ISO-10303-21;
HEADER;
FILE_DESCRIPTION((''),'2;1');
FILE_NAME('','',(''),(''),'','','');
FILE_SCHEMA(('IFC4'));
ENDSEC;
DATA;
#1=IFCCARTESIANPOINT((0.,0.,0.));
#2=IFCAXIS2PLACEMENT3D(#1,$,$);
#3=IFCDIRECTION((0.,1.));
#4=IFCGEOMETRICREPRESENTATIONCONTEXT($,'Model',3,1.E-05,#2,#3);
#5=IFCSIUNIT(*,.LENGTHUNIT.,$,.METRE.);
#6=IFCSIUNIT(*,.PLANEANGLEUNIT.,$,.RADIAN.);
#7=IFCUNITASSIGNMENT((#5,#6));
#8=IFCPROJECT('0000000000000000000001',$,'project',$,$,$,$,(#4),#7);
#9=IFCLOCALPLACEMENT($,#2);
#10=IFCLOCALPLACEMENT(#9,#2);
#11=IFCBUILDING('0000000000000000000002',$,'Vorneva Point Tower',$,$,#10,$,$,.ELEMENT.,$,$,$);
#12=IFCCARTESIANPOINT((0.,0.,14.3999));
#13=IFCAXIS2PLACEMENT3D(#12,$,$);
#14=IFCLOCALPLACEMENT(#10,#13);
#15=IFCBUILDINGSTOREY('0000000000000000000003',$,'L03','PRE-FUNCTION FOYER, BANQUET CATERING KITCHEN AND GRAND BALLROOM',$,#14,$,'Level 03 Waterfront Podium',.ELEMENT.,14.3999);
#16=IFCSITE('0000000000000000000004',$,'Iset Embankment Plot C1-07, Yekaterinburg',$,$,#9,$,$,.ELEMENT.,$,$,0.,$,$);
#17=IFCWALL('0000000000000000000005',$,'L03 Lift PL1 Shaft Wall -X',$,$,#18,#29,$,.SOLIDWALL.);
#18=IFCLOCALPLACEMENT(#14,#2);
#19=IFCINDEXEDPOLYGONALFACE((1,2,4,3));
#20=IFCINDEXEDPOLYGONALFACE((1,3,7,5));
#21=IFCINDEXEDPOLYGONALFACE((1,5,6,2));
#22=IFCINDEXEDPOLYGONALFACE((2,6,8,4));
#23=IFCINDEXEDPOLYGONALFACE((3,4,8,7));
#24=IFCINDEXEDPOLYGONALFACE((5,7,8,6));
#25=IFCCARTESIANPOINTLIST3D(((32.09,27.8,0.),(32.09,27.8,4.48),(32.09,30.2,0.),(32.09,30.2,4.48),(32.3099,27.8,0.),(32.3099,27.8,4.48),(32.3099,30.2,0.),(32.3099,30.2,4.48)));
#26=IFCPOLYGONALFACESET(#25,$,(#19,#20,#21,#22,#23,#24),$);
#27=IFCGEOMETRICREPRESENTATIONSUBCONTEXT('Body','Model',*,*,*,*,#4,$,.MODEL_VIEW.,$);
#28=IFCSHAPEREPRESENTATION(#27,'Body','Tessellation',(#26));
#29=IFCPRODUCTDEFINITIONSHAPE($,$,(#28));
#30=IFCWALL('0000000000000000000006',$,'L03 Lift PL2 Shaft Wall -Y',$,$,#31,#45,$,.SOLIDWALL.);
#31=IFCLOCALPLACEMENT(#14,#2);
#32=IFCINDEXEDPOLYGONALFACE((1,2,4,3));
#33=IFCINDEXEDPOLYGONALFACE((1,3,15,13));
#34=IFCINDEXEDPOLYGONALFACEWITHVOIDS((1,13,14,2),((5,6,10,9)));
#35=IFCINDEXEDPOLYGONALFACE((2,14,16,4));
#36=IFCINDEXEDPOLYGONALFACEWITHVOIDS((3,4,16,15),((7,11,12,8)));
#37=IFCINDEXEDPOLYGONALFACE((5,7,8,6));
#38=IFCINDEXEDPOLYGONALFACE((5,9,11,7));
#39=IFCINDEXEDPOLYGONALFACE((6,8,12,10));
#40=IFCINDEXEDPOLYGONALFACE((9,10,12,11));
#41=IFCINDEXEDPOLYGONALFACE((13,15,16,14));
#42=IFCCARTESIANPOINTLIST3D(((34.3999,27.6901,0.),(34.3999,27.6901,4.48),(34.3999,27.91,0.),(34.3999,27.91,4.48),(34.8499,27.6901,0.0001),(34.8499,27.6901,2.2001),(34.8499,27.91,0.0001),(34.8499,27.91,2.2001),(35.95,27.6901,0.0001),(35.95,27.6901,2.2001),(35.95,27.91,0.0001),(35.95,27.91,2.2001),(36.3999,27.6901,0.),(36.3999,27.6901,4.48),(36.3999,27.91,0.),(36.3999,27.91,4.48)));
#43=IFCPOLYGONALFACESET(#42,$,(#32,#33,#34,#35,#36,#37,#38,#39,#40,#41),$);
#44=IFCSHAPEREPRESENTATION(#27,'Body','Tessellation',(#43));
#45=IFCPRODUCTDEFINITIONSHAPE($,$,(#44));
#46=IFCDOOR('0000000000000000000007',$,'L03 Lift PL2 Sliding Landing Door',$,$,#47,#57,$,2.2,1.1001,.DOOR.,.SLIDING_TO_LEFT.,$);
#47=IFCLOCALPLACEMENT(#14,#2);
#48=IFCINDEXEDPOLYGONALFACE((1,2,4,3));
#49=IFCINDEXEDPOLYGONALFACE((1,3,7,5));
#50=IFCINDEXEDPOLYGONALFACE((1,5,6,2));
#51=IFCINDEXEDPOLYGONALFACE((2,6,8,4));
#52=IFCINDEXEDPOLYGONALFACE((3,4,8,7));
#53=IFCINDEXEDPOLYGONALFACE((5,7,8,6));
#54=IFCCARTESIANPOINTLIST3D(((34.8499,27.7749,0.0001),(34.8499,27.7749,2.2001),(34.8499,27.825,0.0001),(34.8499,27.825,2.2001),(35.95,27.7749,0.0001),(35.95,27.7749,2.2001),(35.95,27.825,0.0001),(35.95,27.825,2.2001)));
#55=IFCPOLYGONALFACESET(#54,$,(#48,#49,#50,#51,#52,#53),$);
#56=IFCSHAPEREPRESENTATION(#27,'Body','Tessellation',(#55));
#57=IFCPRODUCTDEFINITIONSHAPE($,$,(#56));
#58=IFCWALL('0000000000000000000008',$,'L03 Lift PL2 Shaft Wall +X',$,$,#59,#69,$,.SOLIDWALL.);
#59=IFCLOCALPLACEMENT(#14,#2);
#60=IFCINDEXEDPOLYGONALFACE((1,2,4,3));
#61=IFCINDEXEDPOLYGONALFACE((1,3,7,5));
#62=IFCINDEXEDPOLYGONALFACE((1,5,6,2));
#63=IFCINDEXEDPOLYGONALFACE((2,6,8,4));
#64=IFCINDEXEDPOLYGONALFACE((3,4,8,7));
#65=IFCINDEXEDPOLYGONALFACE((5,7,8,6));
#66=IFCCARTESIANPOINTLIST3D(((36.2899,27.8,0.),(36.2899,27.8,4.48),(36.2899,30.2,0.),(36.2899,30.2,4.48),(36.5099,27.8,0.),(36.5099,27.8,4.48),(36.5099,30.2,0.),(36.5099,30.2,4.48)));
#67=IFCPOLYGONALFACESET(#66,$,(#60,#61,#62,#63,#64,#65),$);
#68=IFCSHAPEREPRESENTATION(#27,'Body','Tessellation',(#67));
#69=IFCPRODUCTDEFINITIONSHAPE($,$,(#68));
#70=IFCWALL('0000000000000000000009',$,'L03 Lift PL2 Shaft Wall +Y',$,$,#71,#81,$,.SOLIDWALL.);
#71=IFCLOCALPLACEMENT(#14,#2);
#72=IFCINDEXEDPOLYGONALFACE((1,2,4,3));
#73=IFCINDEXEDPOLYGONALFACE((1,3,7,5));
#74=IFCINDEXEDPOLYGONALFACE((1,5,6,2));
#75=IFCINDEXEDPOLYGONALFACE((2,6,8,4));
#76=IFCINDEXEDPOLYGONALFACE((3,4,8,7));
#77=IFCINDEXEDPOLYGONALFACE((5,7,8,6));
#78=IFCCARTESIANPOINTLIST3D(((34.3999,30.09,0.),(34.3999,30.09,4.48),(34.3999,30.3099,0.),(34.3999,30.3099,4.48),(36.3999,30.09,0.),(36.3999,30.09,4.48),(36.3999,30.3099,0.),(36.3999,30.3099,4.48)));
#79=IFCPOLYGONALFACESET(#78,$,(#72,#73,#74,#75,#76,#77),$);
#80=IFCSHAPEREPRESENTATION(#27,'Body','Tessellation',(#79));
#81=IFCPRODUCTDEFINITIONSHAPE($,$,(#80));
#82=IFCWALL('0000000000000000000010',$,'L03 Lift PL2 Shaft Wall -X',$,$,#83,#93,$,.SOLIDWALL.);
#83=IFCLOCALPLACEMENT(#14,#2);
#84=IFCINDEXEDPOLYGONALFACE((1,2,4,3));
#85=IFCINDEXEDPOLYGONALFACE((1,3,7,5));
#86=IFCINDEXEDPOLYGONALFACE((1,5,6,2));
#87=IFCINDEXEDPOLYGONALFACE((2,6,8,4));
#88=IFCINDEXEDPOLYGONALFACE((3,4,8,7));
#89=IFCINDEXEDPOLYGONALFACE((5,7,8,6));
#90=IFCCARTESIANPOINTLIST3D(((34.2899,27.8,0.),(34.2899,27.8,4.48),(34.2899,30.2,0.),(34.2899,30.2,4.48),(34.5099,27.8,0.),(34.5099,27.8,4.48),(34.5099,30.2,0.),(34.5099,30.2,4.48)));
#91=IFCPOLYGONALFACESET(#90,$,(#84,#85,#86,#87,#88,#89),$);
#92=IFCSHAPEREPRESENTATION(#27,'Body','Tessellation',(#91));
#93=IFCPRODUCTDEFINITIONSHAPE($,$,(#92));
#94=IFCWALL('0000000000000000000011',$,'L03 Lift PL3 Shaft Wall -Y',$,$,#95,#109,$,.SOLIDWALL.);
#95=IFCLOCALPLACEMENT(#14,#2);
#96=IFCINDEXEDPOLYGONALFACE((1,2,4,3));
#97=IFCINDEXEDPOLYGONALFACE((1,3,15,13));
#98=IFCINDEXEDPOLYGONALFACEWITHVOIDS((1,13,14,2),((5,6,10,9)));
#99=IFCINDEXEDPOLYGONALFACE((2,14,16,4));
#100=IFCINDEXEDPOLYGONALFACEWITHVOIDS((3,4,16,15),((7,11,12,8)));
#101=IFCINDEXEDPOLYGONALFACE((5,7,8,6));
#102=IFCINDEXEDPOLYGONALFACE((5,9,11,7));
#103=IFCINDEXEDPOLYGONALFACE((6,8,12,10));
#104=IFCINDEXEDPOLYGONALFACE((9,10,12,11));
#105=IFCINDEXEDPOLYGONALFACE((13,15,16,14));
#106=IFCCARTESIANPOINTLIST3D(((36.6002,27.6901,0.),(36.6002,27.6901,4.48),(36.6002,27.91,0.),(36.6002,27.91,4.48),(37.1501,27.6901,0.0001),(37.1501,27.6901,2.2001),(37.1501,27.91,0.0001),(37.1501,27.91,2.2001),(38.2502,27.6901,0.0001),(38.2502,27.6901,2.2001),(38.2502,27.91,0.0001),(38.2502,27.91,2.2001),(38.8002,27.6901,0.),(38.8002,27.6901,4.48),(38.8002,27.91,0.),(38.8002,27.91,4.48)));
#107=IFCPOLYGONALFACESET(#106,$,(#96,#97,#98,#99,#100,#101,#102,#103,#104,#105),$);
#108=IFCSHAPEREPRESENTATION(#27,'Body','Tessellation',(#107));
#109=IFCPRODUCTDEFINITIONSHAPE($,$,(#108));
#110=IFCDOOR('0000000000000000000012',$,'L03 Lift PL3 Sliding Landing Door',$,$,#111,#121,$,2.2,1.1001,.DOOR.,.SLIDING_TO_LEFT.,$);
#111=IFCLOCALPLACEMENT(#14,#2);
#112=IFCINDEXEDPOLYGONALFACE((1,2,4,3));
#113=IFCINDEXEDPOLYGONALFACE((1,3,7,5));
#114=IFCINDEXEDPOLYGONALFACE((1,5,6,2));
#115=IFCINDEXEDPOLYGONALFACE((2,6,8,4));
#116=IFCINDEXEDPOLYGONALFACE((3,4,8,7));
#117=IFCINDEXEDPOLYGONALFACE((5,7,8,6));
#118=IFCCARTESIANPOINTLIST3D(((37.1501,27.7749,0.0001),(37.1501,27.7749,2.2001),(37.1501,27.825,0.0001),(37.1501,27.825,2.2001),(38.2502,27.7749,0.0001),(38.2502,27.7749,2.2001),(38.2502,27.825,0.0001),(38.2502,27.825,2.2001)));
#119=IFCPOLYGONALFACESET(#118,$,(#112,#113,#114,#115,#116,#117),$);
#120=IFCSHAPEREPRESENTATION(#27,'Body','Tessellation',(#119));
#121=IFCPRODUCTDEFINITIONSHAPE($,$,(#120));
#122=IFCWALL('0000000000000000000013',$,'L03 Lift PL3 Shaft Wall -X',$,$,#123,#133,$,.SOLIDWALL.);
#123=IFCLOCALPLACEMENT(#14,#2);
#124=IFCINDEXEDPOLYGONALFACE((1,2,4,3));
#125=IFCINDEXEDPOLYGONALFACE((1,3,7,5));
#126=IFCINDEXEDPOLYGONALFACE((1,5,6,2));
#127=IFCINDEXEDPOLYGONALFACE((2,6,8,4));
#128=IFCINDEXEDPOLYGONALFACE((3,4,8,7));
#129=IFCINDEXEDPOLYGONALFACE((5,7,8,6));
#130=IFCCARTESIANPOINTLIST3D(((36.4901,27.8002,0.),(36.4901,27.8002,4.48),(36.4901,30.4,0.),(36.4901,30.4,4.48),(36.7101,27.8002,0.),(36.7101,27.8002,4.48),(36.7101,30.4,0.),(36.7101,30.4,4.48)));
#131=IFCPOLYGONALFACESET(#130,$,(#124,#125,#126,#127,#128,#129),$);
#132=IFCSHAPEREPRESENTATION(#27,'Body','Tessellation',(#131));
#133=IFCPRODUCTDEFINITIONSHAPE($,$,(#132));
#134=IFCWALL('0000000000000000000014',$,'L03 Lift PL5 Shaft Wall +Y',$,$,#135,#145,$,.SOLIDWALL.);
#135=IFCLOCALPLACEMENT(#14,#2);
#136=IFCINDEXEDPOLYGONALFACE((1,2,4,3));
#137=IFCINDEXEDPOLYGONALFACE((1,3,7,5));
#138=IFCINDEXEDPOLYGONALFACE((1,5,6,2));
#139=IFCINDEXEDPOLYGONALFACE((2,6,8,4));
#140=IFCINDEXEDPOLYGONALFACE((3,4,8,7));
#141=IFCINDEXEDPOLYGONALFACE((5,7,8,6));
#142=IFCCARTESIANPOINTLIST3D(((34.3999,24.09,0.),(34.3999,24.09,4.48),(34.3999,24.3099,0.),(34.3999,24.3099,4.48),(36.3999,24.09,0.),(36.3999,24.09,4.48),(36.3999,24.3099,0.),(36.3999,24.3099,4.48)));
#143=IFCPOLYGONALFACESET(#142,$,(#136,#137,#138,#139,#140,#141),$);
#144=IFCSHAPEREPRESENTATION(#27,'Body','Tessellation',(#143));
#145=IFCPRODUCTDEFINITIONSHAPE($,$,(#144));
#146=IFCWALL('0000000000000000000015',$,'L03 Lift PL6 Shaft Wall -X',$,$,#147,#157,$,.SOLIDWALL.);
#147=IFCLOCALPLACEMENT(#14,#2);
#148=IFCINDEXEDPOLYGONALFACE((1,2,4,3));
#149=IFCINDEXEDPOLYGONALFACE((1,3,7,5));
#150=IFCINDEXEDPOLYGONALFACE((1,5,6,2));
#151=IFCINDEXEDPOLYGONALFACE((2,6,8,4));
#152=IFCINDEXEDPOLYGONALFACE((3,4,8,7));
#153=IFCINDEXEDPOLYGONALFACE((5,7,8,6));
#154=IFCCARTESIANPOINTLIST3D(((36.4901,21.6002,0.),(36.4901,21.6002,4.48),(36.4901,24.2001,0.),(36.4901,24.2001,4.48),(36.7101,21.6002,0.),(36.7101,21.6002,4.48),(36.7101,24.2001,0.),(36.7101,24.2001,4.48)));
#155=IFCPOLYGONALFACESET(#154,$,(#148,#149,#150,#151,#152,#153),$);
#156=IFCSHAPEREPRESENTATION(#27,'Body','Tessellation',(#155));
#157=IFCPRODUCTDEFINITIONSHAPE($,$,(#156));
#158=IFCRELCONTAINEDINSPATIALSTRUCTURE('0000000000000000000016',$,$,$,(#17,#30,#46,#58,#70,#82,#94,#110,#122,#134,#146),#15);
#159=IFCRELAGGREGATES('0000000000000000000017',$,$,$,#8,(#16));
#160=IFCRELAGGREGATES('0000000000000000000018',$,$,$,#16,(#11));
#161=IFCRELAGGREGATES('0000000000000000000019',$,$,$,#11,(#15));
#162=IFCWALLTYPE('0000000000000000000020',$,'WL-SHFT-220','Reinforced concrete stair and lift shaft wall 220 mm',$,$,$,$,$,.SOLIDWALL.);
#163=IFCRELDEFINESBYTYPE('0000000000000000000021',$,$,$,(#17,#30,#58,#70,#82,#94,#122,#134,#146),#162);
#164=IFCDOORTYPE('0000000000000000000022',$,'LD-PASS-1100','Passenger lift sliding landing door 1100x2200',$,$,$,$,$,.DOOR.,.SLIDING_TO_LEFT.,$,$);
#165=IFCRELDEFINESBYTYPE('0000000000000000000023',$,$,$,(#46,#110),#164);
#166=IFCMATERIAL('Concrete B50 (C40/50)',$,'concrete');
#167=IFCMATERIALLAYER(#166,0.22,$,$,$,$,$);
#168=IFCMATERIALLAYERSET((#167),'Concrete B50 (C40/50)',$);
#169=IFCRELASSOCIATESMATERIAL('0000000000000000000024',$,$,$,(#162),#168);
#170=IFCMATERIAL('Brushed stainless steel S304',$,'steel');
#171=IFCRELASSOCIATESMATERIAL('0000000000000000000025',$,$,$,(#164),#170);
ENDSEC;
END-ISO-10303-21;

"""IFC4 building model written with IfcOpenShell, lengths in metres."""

from ifc_helpers import new_model, si_unit, direction, frame, frame_2d, origin, place, context, subcontext, project, spatial, rectangle, extrude, material, layer, layer_set, type_object, element, fill, save


model = new_model("IFC4")

# Units and contexts
model_context = context("Model", 3, precision=1e-05, world=origin(), true_north=direction((0.0, 1.0)))
body_context = subcontext(model_context, "Body", "Model", "MODEL_VIEW")
ifc_project = project(units=[si_unit("LENGTHUNIT", "METRE"), si_unit("PLANEANGLEUNIT", "RADIAN")], contexts=[model_context])

# Site, building, storey
site_placement = place(None, origin())
site = spatial("IfcSite", under=ifc_project, at=site_placement, Name="Iset Embankment Plot C1-07, Yekaterinburg", CompositionType="ELEMENT", RefElevation=0.0)
building_placement = place(site_placement, origin())
building = spatial("IfcBuilding", under=site, at=building_placement, Name="Vorneva Point Tower", CompositionType="ELEMENT")
storey_placement = place(building_placement, frame((0.0, 0.0, 14.3999)))
storey = spatial("IfcBuildingStorey", under=building, at=storey_placement, Name="L03", Description="PRE-FUNCTION FOYER, BANQUET CATERING KITCHEN AND GRAND BALLROOM", LongName="Level 03 Waterfront Podium", CompositionType="ELEMENT", Elevation=14.3999)

# Shared definitions
ifc_material_1 = material(Name="Brushed stainless steel S304", Category="steel")

# Shared definitions
ifc_material_2 = material(Name="Concrete B50 (C40/50)", Category="concrete")
ifc_layer_1 = layer(ifc_material_2, 0.22)
ifc_layer_set_1 = layer_set([ifc_layer_1], Name="Concrete B50 (C40/50)")
wall_type_1 = type_object("IfcWallType", Name="WL-SHFT-220", Description="Reinforced concrete stair and lift shaft wall 220 mm", PredefinedType="SOLIDWALL", material=ifc_layer_set_1)
door_type_1 = type_object("IfcDoorType", Name="LD-PASS-1100", Description="Passenger lift sliding landing door 1100x2200", OperationType="SLIDING_TO_LEFT", PredefinedType="DOOR", material=ifc_material_1)

# Wall
wall_1_placement = place(storey_placement, frame((32.2, 30.2, 0.0), z_axis=(0.0, 0.0, 1.0), x_axis=(0.0, -1.0, 0.0)))
element("IfcWall", 1, at=wall_1_placement, inside=storey, type_object=wall_type_1, Name="L03 Lift PL1 Shaft Wall -X", PredefinedType="SOLIDWALL", context=body_context, shape_type="SweptSolid", body=[
    extrude(rectangle(XDim=2.3999, YDim=0.22, at=frame_2d((1.2, 0.0))), origin(), (0.0, 0.0, 1.0), 4.48),
])

# Wall, opening, door
wall_2_placement = place(storey_placement, frame((34.3999, 27.8, 0.0), z_axis=(0.0, 0.0, 1.0), x_axis=(1.0, 0.0, 0.0)))
wall_2 = element("IfcWall", 2, at=wall_2_placement, inside=storey, type_object=wall_type_1, Name="L03 Lift PL2 Shaft Wall -Y", PredefinedType="SOLIDWALL", context=body_context, shape_type="SweptSolid", body=[
    extrude(rectangle(XDim=2.0, YDim=0.22, at=frame_2d((1.0, 0.0))), origin(), (0.0, 0.0, 1.0), 4.48),
])
opening_1_placement = place(wall_2_placement, frame((0.45, 0.0, 0.0)))
opening_1 = element("IfcOpeningElement", 3, at=opening_1_placement, cuts=wall_2, PredefinedType="OPENING", context=body_context, shape_type="SweptSolid", body=[
    extrude(rectangle(XDim=1.1001, YDim=2.2, at=frame_2d((0.55, 1.1001))), frame((0.0, 0.125, 0.0), z_axis=(0.0, -1.0, 0.0), x_axis=(1.0, 0.0, 0.0)), (0.0, 0.0, 1.0), 0.2498),
])
door_1_placement = place(opening_1_placement, origin())
door_1 = element("IfcDoor", 4, at=door_1_placement, inside=storey, type_object=door_type_1, Name="L03 Lift PL2 Sliding Landing Door", OperationType="SLIDING_TO_LEFT", OverallHeight=2.2, OverallWidth=1.1001, PredefinedType="DOOR", context=body_context, shape_type="SweptSolid", body=[
    extrude(rectangle(XDim=1.1001, YDim=2.2, at=frame_2d((0.55, 1.1001))), frame((0.0, 0.0249, 0.0), z_axis=(0.0, -1.0, 0.0), x_axis=(1.0, 0.0, 0.0)), (0.0, 0.0, 1.0), 0.05),
])
fill(opening_1, door_1)

# Walls
wall_3_placement = place(storey_placement, frame((36.3999, 27.8, 0.0), z_axis=(0.0, 0.0, 1.0), x_axis=(0.0, 1.0, 0.0)))
element("IfcWall", 5, at=wall_3_placement, inside=storey, type_object=wall_type_1, Name="L03 Lift PL2 Shaft Wall +X", PredefinedType="SOLIDWALL", context=body_context, shape_type="SweptSolid", body=[
    extrude(rectangle(XDim=2.3999, YDim=0.22, at=frame_2d((1.2, 0.0))), origin(), (0.0, 0.0, 1.0), 4.48),
])
wall_4_placement = place(storey_placement, frame((36.3999, 30.2, 0.0), z_axis=(0.0, 0.0, 1.0), x_axis=(-1.0, 0.0, 0.0)))
element("IfcWall", 6, at=wall_4_placement, inside=storey, type_object=wall_type_1, Name="L03 Lift PL2 Shaft Wall +Y", PredefinedType="SOLIDWALL", context=body_context, shape_type="SweptSolid", body=[
    extrude(rectangle(XDim=2.0, YDim=0.22, at=frame_2d((1.0, 0.0))), origin(), (0.0, 0.0, 1.0), 4.48),
])
wall_5_placement = place(storey_placement, frame((34.3999, 30.2, 0.0), z_axis=(0.0, 0.0, 1.0), x_axis=(0.0, -1.0, 0.0)))
element("IfcWall", 7, at=wall_5_placement, inside=storey, type_object=wall_type_1, Name="L03 Lift PL2 Shaft Wall -X", PredefinedType="SOLIDWALL", context=body_context, shape_type="SweptSolid", body=[
    extrude(rectangle(XDim=2.3999, YDim=0.22, at=frame_2d((1.2, 0.0))), origin(), (0.0, 0.0, 1.0), 4.48),
])

# Wall, opening, door
wall_6_placement = place(storey_placement, frame((36.6001, 27.8, 0.0), z_axis=(0.0, 0.0, 1.0), x_axis=(1.0, 0.0, 0.0)))
wall_6 = element("IfcWall", 8, at=wall_6_placement, inside=storey, type_object=wall_type_1, Name="L03 Lift PL3 Shaft Wall -Y", PredefinedType="SOLIDWALL", context=body_context, shape_type="SweptSolid", body=[
    extrude(rectangle(XDim=2.2, YDim=0.22, at=frame_2d((1.1001, 0.0))), origin(), (0.0, 0.0, 1.0), 4.48),
])
opening_2_placement = place(wall_6_placement, frame((0.55, 0.0, 0.0)))
opening_2 = element("IfcOpeningElement", 9, at=opening_2_placement, cuts=wall_6, PredefinedType="OPENING", context=body_context, shape_type="SweptSolid", body=[
    extrude(rectangle(XDim=1.1001, YDim=2.2, at=frame_2d((0.55, 1.1001))), frame((0.0, 0.125, 0.0), z_axis=(0.0, -1.0, 0.0), x_axis=(1.0, 0.0, 0.0)), (0.0, 0.0, 1.0), 0.2498),
])
door_2_placement = place(opening_2_placement, origin())
door_2 = element("IfcDoor", 10, at=door_2_placement, inside=storey, type_object=door_type_1, Name="L03 Lift PL3 Sliding Landing Door", OperationType="SLIDING_TO_LEFT", OverallHeight=2.2, OverallWidth=1.1001, PredefinedType="DOOR", context=body_context, shape_type="SweptSolid", body=[
    extrude(rectangle(XDim=1.1001, YDim=2.2, at=frame_2d((0.55, 1.1001))), frame((0.0, 0.0249, 0.0), z_axis=(0.0, -1.0, 0.0), x_axis=(1.0, 0.0, 0.0)), (0.0, 0.0, 1.0), 0.05),
])
fill(opening_2, door_2)

# Walls
wall_7_placement = place(storey_placement, frame((36.6001, 30.3999, 0.0), z_axis=(0.0, 0.0, 1.0), x_axis=(0.0, -1.0, 0.0)))
element("IfcWall", 11, at=wall_7_placement, inside=storey, type_object=wall_type_1, Name="L03 Lift PL3 Shaft Wall -X", PredefinedType="SOLIDWALL", context=body_context, shape_type="SweptSolid", body=[
    extrude(rectangle(XDim=2.5999, YDim=0.22, at=frame_2d((1.2998, 0.0))), origin(), (0.0, 0.0, 1.0), 4.48),
])
wall_8_placement = place(storey_placement, frame((36.3999, 24.2, 0.0), z_axis=(0.0, 0.0, 1.0), x_axis=(-1.0, 0.0, 0.0)))
element("IfcWall", 12, at=wall_8_placement, inside=storey, type_object=wall_type_1, Name="L03 Lift PL5 Shaft Wall +Y", PredefinedType="SOLIDWALL", context=body_context, shape_type="SweptSolid", body=[
    extrude(rectangle(XDim=2.0, YDim=0.22, at=frame_2d((1.0, 0.0))), origin(), (0.0, 0.0, 1.0), 4.48),
])
wall_9_placement = place(storey_placement, frame((36.6001, 24.2, 0.0), z_axis=(0.0, 0.0, 1.0), x_axis=(0.0, -1.0, 0.0)))
element("IfcWall", 13, at=wall_9_placement, inside=storey, type_object=wall_type_1, Name="L03 Lift PL6 Shaft Wall -X", PredefinedType="SOLIDWALL", context=body_context, shape_type="SweptSolid", body=[
    extrude(rectangle(XDim=2.5999, YDim=0.22, at=frame_2d((1.2998, 0.0))), origin(), (0.0, 0.0, 1.0), 4.48),
])

save(model, "model.ifc")
